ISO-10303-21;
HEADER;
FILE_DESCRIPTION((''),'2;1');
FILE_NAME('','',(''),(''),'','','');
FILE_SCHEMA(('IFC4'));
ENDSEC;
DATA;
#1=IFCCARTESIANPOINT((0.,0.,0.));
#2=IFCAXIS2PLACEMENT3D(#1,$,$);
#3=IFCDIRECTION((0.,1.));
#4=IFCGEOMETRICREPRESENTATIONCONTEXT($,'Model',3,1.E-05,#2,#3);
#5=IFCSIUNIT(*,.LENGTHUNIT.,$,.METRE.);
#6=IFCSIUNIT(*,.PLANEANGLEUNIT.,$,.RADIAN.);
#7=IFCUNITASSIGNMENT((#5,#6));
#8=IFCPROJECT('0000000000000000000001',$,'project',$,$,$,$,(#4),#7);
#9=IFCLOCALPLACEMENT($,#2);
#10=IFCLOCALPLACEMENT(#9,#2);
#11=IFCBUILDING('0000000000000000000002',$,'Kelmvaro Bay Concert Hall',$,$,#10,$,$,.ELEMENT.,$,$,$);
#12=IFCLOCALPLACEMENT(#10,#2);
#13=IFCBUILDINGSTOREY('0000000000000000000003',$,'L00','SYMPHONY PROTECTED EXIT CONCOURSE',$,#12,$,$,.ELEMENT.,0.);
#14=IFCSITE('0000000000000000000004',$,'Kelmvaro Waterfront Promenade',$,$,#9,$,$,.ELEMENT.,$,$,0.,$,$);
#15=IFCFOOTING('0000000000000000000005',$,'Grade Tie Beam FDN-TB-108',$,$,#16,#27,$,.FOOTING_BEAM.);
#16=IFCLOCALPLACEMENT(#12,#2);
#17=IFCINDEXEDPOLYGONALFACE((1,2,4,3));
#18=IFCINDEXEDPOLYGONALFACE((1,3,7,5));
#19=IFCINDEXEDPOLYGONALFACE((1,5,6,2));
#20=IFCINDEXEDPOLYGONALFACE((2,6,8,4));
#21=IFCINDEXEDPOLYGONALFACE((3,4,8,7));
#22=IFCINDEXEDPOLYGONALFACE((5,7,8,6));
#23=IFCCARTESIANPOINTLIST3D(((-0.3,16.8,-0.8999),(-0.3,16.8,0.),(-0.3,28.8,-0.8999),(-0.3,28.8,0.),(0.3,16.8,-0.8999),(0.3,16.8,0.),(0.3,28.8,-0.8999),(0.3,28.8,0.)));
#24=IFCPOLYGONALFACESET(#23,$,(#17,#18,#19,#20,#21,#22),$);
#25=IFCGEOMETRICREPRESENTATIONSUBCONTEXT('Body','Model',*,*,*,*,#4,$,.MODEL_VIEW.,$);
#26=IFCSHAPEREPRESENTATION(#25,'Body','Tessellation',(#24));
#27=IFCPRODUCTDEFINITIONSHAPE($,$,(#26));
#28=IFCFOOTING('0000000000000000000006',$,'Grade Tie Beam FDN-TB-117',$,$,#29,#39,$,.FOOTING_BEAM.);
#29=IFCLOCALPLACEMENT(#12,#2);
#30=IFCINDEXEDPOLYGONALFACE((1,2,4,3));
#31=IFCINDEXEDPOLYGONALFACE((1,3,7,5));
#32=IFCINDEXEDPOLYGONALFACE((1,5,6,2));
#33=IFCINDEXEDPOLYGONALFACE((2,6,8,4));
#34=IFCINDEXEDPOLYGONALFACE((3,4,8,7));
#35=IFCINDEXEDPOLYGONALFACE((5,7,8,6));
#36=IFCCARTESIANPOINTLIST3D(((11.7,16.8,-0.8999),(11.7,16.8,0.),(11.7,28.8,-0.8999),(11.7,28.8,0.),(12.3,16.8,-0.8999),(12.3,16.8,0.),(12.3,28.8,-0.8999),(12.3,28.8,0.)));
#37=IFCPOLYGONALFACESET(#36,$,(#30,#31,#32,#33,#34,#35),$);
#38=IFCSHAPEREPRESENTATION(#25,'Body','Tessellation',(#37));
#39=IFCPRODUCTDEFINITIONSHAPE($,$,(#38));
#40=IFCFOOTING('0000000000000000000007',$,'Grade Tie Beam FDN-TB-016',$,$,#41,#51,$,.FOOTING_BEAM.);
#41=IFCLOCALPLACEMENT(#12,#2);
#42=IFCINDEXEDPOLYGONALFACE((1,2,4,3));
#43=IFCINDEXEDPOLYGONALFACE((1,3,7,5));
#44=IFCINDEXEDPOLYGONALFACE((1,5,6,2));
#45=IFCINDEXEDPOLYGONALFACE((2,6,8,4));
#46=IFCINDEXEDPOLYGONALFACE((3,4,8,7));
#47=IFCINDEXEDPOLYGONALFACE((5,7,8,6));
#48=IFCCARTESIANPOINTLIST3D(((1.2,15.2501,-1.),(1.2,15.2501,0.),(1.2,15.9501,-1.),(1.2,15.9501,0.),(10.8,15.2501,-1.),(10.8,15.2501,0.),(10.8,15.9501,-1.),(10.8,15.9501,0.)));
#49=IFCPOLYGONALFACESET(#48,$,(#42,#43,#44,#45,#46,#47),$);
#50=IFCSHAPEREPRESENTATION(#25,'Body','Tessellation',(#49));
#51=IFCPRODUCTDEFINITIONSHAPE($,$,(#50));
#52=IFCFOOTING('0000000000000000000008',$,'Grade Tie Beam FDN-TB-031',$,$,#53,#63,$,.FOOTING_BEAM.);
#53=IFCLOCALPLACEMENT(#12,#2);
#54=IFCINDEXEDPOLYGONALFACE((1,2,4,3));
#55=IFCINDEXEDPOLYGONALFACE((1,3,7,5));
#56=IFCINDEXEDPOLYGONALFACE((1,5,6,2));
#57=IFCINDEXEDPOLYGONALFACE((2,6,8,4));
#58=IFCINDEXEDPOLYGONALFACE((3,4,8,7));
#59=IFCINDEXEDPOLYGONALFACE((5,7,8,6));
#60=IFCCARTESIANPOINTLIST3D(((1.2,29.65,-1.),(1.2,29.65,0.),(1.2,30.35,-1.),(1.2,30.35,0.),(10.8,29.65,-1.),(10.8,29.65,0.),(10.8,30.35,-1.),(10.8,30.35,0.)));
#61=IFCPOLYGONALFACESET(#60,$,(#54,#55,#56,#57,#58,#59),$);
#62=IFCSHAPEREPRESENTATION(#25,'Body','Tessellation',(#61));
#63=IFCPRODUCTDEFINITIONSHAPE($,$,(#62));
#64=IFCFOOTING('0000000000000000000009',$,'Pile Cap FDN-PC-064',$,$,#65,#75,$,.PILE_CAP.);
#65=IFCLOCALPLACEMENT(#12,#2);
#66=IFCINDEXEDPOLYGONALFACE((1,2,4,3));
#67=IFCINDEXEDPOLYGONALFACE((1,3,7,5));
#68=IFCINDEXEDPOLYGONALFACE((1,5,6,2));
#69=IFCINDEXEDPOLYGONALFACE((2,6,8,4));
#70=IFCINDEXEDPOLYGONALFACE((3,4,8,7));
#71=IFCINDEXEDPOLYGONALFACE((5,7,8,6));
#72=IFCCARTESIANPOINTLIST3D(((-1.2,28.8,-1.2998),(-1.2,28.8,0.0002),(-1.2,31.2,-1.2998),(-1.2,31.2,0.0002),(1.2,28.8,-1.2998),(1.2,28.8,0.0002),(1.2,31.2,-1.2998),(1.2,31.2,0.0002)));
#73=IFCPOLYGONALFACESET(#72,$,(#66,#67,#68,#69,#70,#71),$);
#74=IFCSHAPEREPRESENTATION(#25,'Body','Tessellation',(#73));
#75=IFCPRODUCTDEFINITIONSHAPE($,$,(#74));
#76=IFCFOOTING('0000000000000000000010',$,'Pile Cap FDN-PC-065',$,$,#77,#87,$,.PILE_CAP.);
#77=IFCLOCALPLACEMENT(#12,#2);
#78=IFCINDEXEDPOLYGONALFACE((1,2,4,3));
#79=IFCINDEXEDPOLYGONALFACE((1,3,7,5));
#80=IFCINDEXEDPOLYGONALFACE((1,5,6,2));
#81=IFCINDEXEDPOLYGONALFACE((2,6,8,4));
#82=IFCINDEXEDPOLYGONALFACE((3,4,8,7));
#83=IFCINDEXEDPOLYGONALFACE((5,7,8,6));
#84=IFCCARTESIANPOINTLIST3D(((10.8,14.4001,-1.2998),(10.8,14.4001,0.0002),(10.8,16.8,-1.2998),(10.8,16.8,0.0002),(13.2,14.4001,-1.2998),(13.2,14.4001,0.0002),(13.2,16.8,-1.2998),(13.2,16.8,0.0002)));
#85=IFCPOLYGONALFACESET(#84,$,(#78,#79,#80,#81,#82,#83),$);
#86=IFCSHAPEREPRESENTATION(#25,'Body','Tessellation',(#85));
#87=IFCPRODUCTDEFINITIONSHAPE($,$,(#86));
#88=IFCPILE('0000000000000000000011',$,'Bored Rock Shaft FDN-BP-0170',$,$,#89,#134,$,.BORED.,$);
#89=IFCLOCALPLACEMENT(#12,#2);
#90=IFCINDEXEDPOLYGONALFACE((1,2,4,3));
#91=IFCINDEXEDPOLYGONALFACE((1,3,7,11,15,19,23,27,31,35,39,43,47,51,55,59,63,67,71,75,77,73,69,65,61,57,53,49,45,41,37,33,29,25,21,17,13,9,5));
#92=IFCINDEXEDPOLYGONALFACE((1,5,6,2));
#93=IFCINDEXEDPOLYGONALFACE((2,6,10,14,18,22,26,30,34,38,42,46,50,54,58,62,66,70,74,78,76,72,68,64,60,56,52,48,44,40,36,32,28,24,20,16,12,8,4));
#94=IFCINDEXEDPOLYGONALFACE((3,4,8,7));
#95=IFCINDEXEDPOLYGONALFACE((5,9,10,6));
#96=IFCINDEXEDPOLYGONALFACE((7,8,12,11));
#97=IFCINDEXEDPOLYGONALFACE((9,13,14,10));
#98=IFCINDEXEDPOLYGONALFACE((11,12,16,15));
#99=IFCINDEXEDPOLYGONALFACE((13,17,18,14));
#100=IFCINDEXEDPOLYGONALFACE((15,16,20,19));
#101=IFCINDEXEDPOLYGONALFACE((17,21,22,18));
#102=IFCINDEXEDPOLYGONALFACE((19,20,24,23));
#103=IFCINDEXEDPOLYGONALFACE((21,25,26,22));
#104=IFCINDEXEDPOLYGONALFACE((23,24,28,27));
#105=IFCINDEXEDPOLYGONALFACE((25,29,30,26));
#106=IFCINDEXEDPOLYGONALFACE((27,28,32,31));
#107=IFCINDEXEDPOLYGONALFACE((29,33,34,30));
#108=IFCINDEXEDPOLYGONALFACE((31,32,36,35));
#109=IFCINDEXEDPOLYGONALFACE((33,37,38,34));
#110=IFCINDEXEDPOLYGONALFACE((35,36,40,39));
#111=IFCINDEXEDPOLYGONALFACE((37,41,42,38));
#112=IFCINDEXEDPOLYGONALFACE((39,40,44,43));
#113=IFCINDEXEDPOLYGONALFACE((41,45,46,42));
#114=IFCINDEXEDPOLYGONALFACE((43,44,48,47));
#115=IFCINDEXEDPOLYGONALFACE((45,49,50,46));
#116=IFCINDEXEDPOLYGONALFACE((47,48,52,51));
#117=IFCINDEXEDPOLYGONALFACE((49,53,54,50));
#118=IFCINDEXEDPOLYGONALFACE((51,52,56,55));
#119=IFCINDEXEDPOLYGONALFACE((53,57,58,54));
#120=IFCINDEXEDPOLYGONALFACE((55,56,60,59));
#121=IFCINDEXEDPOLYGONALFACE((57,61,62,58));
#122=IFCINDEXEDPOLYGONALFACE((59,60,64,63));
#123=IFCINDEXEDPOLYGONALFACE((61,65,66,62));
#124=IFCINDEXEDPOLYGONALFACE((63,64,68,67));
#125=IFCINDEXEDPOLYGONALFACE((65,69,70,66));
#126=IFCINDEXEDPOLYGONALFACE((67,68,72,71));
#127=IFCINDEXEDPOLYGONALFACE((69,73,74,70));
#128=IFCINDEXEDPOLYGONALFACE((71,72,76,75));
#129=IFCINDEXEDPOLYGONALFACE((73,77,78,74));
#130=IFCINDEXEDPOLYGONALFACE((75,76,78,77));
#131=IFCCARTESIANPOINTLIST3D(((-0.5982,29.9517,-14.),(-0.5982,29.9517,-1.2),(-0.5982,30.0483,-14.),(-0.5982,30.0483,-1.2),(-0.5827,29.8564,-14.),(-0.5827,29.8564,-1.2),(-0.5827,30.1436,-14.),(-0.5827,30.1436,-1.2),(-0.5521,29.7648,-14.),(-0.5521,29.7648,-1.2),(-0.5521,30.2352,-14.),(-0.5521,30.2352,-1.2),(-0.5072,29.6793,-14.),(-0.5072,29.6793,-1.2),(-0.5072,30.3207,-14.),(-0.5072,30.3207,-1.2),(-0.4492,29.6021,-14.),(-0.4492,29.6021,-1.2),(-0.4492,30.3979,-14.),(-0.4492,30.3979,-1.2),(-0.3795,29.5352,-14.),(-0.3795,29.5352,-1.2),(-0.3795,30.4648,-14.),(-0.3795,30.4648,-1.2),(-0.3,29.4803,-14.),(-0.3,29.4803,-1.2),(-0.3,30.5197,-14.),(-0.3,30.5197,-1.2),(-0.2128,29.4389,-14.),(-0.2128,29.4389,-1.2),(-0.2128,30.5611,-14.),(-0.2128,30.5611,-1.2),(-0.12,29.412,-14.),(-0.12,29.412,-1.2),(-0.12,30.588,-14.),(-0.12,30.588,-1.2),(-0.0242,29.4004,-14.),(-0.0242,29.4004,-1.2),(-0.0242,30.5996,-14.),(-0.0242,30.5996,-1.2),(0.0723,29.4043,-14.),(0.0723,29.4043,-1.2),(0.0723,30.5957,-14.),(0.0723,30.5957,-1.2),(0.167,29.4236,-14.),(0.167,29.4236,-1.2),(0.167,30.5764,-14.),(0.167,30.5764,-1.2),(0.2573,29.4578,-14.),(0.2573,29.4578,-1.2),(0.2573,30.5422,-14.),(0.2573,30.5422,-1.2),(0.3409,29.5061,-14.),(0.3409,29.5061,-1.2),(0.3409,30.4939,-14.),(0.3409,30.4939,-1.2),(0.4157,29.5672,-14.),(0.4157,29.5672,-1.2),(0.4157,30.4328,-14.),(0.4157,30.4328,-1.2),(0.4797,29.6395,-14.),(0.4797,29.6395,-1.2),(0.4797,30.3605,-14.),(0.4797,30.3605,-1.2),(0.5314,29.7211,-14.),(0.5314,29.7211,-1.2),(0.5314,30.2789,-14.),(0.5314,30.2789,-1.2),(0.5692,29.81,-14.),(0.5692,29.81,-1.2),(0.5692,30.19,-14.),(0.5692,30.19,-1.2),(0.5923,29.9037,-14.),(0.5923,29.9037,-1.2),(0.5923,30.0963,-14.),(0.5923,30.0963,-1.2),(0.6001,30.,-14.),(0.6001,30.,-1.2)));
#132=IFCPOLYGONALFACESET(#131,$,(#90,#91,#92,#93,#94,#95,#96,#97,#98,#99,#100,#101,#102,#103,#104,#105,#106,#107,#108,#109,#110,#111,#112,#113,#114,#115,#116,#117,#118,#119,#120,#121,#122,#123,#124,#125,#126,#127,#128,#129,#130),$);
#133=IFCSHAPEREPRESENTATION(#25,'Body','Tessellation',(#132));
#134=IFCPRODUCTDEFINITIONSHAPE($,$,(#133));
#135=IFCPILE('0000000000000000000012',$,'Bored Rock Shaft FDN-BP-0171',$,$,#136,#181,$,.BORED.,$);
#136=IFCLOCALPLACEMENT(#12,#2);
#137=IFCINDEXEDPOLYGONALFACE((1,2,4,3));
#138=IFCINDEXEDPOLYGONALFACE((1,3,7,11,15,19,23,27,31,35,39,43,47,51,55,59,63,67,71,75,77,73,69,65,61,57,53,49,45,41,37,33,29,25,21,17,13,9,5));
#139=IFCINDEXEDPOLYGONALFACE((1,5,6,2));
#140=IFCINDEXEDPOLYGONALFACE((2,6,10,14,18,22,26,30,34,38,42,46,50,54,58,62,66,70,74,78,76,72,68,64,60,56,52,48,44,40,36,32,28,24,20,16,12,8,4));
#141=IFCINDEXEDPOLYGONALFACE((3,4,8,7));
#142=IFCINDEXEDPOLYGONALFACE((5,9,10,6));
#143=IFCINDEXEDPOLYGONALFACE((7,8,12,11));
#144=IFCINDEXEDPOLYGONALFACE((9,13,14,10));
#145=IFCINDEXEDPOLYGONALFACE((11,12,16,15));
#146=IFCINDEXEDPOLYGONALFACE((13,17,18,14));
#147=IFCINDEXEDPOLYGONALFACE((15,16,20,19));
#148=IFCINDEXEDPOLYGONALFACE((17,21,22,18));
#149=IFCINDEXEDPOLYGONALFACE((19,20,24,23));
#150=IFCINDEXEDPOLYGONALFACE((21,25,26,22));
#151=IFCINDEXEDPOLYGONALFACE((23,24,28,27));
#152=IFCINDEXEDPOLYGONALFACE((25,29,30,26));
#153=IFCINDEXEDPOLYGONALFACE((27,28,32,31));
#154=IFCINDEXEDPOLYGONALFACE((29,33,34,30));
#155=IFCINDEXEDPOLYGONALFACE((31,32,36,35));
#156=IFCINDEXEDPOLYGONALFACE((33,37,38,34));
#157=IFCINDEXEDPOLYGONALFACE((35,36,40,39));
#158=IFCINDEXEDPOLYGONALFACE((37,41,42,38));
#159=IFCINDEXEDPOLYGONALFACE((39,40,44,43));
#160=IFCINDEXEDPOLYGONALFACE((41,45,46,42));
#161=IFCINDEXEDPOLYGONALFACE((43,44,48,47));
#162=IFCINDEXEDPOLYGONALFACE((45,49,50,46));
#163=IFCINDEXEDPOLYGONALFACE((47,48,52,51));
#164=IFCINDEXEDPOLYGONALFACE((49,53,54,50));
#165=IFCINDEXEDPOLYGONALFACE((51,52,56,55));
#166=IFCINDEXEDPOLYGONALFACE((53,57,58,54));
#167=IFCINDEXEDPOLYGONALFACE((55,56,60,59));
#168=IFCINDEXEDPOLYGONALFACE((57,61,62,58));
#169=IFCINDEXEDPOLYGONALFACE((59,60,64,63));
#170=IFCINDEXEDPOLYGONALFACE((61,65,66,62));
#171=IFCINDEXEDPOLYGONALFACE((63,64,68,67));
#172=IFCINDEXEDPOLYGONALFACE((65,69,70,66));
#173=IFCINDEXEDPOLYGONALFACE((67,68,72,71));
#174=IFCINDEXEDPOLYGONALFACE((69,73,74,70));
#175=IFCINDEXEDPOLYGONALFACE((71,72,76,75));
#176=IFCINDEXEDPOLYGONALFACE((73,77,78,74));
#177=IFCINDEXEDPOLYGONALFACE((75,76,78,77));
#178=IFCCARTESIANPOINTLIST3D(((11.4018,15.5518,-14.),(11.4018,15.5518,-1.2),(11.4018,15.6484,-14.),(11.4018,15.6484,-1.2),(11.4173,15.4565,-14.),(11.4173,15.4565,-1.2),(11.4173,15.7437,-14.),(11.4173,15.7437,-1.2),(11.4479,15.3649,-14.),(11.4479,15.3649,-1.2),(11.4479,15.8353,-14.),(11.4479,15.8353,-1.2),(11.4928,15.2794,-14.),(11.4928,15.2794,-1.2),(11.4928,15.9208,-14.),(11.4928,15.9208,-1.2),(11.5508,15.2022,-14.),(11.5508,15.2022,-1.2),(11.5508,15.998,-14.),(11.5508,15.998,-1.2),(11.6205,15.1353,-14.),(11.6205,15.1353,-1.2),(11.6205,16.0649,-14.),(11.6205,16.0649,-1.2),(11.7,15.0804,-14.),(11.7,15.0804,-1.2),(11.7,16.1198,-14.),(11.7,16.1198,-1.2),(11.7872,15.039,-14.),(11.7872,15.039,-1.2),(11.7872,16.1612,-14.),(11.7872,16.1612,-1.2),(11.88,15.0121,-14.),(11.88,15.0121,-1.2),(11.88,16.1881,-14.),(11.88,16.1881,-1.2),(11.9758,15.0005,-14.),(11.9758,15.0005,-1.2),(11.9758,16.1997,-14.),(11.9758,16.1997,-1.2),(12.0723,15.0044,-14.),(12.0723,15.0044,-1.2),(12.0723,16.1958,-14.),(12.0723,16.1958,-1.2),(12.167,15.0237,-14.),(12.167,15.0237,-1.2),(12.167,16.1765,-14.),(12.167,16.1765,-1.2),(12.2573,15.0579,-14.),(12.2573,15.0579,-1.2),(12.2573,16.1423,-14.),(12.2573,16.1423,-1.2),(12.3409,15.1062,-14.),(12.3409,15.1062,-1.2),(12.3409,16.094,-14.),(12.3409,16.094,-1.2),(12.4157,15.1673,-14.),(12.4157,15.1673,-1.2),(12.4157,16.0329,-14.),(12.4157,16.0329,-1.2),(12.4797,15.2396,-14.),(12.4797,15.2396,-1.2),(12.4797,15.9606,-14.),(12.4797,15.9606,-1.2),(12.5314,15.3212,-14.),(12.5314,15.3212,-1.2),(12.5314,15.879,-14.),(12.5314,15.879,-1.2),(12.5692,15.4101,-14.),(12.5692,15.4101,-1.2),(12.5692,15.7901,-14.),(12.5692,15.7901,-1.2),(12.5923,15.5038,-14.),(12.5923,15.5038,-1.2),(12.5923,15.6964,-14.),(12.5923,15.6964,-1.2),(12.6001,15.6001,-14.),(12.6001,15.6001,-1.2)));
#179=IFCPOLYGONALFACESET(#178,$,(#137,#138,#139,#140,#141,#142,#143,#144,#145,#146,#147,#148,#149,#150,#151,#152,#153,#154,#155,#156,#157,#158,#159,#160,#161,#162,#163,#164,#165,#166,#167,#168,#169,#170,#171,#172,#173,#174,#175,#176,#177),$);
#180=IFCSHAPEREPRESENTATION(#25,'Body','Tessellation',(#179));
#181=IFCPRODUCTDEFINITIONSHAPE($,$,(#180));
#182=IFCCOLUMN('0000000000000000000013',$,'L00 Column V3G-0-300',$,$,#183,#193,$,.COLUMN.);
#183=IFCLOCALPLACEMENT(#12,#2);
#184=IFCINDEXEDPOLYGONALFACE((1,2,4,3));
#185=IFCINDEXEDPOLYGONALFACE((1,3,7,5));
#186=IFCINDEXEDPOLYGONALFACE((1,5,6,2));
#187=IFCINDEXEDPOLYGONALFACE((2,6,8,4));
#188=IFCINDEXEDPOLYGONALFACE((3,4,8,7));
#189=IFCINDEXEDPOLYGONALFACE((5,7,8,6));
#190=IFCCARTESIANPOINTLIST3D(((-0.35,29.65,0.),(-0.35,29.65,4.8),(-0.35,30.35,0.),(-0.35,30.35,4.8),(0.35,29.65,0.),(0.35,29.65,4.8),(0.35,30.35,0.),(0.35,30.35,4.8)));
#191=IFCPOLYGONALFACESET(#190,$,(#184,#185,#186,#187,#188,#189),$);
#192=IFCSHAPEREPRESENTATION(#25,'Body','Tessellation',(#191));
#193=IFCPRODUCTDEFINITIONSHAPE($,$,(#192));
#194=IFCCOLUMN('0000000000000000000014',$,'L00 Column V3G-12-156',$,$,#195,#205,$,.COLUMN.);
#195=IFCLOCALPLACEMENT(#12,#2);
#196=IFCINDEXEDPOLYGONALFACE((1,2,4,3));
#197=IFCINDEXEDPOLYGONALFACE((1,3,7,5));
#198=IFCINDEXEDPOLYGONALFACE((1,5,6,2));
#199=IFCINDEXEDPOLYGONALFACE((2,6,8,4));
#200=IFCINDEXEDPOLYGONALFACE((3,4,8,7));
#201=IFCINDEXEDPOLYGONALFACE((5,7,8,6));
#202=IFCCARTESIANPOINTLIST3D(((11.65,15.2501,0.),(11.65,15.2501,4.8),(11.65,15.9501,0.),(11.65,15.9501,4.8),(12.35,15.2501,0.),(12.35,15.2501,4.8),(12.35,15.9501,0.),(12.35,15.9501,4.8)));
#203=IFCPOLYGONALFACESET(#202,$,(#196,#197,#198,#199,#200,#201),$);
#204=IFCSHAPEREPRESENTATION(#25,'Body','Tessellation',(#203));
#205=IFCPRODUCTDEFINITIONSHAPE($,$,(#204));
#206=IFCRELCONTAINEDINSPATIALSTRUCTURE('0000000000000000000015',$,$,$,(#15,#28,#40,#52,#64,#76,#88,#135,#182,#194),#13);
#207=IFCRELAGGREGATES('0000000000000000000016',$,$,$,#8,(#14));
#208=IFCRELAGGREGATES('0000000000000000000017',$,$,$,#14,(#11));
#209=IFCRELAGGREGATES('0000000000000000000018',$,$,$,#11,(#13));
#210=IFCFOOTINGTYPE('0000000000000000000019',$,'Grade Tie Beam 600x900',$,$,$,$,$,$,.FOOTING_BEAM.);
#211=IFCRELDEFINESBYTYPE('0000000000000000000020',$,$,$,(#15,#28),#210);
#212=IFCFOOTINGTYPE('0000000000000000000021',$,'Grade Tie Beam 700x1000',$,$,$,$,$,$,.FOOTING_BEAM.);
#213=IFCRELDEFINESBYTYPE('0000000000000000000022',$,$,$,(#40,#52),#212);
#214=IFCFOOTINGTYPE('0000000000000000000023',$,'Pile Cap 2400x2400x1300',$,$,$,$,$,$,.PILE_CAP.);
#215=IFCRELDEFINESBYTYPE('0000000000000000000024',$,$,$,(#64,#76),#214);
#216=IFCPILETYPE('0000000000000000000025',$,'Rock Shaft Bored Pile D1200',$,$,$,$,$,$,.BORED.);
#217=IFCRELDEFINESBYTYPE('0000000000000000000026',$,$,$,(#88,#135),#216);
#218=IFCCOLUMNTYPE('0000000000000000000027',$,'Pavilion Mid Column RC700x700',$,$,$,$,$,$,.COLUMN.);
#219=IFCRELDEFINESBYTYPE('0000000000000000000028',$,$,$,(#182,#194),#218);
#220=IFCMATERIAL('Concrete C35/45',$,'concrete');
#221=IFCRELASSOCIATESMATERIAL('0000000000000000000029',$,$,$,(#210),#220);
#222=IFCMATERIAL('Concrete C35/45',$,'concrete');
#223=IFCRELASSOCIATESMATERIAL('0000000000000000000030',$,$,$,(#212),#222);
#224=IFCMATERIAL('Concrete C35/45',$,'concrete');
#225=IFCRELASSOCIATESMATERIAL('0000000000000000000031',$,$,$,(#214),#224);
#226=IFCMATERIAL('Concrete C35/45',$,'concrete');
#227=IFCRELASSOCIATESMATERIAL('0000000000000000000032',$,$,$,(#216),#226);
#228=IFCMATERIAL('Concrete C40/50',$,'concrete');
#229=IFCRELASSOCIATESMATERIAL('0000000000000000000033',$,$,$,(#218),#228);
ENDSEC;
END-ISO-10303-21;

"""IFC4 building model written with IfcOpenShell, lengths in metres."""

from ifc_helpers import new_model, si_unit, direction, frame, origin, origin_2d, place, context, subcontext, project, spatial, rectangle, circle, extrude, material, material_profile, profile_set, type_object, element, save


model = new_model("IFC4")

# Units and contexts
model_context = context("Model", 3, precision=1e-05, world=origin(), true_north=direction((0.0, 1.0)))
body_context = subcontext(model_context, "Body", "Model", "MODEL_VIEW")
ifc_project = project(units=[si_unit("LENGTHUNIT", "METRE"), si_unit("PLANEANGLEUNIT", "RADIAN")], contexts=[model_context])

# Site, building, storey
site_placement = place(None, origin())
site = spatial("IfcSite", under=ifc_project, at=site_placement, Name="Kelmvaro Waterfront Promenade", CompositionType="ELEMENT", RefElevation=0.0)
building_placement = place(site_placement, origin())
building = spatial("IfcBuilding", under=site, at=building_placement, Name="Kelmvaro Bay Concert Hall", CompositionType="ELEMENT")
storey_placement = place(building_placement, origin())
storey = spatial("IfcBuildingStorey", under=building, at=storey_placement, Name="L00", Description="SYMPHONY PROTECTED EXIT CONCOURSE", CompositionType="ELEMENT", Elevation=0.0)

# Footings
ifc_material_1 = material(Name="Concrete C35/45", Category="concrete")
footing_type_1 = type_object("IfcFootingType", Name="Grade Tie Beam 600x900", PredefinedType="FOOTING_BEAM", material=ifc_material_1)
for number, where, z_axis, x_axis, name in (
    (1, (0.0, 22.8, -0.8999), (0.0, 0.0, 1.0), (0.0, 1.0, 0.0), "Grade Tie Beam FDN-TB-108"),
    (2, (12.0, 22.8, -0.8999), (0.0, 0.0, 1.0), (0.0, 1.0, 0.0), "Grade Tie Beam FDN-TB-117"),
):
    element("IfcFooting", number, at=place(storey_placement, frame(where, z_axis=z_axis, x_axis=x_axis)), inside=storey, type_object=footing_type_1, Name=name, PredefinedType="FOOTING_BEAM", context=body_context, shape_type="SweptSolid", body=[
        extrude(rectangle(XDim=12.0, YDim=0.6001, at=origin_2d()), origin(), (0.0, 0.0, 1.0), 0.8999),
    ])
ifc_material_2 = material(Name="Concrete C35/45", Category="concrete")
footing_type_2 = type_object("IfcFootingType", Name="Grade Tie Beam 700x1000", PredefinedType="FOOTING_BEAM", material=ifc_material_2)
for number, where, z_axis, x_axis, name in (
    (3, (6.0, 15.6001, -1.0), (0.0, 0.0, 1.0), (1.0, 0.0, 0.0), "Grade Tie Beam FDN-TB-016"),
    (4, (6.0, 30.0, -1.0), (0.0, 0.0, 1.0), (1.0, 0.0, 0.0), "Grade Tie Beam FDN-TB-031"),
):
    element("IfcFooting", number, at=place(storey_placement, frame(where, z_axis=z_axis, x_axis=x_axis)), inside=storey, type_object=footing_type_2, Name=name, PredefinedType="FOOTING_BEAM", context=body_context, shape_type="SweptSolid", body=[
        extrude(rectangle(XDim=9.6001, YDim=0.7, at=origin_2d()), origin(), (0.0, 0.0, 1.0), 1.0),
    ])
ifc_material_3 = material(Name="Concrete C35/45", Category="concrete")
footing_type_3 = type_object("IfcFootingType", Name="Pile Cap 2400x2400x1300", PredefinedType="PILE_CAP", material=ifc_material_3)
for number, where, z_axis, x_axis, name in (
    (5, (0.0, 30.0, -1.2998), (0.0, 0.0, 1.0), (1.0, 0.0, 0.0), "Pile Cap FDN-PC-064"),
    (6, (12.0, 15.6001, -1.2998), (0.0, 0.0, 1.0), (1.0, 0.0, 0.0), "Pile Cap FDN-PC-065"),
):
    element("IfcFooting", number, at=place(storey_placement, frame(where, z_axis=z_axis, x_axis=x_axis)), inside=storey, type_object=footing_type_3, Name=name, PredefinedType="PILE_CAP", context=body_context, shape_type="SweptSolid", body=[
        extrude(rectangle(XDim=2.3999, YDim=2.3999, at=origin_2d()), origin(), (0.0, 0.0, 1.0), 1.3),
    ])

# Piles
ifc_material_4 = material(Name="Concrete C35/45", Category="concrete")
ifc_material_profile_1 = material_profile(ifc_material_4, circle(Radius=0.6001, at=origin_2d()), Name="PILE-BORED-1200")
ifc_profile_set_1 = profile_set([ifc_material_profile_1], Name="Concrete C35/45")
pile_type = type_object("IfcPileType", Name="Rock Shaft Bored Pile D1200", PredefinedType="BORED", material=ifc_profile_set_1)
for number, where, z_axis, x_axis, name in (
    (7, (0.0, 30.0, -1.2), (0.0, 0.0, -1.0), (1.0, 0.0, 0.0), "Bored Rock Shaft FDN-BP-0170"),
    (8, (12.0, 15.6001, -1.2), (0.0, 0.0, -1.0), (1.0, 0.0, 0.0), "Bored Rock Shaft FDN-BP-0171"),
):
    element("IfcPile", number, at=place(storey_placement, frame(where, z_axis=z_axis, x_axis=x_axis)), inside=storey, type_object=pile_type, Name=name, PredefinedType="BORED", context=body_context, shape_type="SweptSolid", body=[
        extrude(circle(Radius=0.6001, at=origin_2d()), origin(), (0.0, 0.0, 1.0), 12.8),
    ])

# Columns
ifc_material_5 = material(Name="Concrete C40/50", Category="concrete")
ifc_material_profile_2 = material_profile(ifc_material_5, rectangle(XDim=0.7, YDim=0.7, at=origin_2d()), Name="RC-COL-700X700")
ifc_profile_set_2 = profile_set([ifc_material_profile_2], Name="Concrete C40/50")
column_type = type_object("IfcColumnType", Name="Pavilion Mid Column RC700x700", PredefinedType="COLUMN", material=ifc_profile_set_2)
for number, where, z_axis, x_axis, name in (
    (9, (0.0, 30.0, 0.0), (0.0, 0.0, 1.0), (1.0, 0.0, 0.0), "L00 Column V3G-0-300"),
    (10, (12.0, 15.6001, 0.0), (0.0, 0.0, 1.0), (1.0, 0.0, 0.0), "L00 Column V3G-12-156"),
):
    element("IfcColumn", number, at=place(storey_placement, frame(where, z_axis=z_axis, x_axis=x_axis)), inside=storey, type_object=column_type, Name=name, PredefinedType="COLUMN", context=body_context, shape_type="SweptSolid", body=[
        extrude(rectangle(XDim=0.7, YDim=0.7, at=origin_2d()), origin(), (0.0, 0.0, 1.0), 4.8),
    ])

save(model, "model.ifc")
